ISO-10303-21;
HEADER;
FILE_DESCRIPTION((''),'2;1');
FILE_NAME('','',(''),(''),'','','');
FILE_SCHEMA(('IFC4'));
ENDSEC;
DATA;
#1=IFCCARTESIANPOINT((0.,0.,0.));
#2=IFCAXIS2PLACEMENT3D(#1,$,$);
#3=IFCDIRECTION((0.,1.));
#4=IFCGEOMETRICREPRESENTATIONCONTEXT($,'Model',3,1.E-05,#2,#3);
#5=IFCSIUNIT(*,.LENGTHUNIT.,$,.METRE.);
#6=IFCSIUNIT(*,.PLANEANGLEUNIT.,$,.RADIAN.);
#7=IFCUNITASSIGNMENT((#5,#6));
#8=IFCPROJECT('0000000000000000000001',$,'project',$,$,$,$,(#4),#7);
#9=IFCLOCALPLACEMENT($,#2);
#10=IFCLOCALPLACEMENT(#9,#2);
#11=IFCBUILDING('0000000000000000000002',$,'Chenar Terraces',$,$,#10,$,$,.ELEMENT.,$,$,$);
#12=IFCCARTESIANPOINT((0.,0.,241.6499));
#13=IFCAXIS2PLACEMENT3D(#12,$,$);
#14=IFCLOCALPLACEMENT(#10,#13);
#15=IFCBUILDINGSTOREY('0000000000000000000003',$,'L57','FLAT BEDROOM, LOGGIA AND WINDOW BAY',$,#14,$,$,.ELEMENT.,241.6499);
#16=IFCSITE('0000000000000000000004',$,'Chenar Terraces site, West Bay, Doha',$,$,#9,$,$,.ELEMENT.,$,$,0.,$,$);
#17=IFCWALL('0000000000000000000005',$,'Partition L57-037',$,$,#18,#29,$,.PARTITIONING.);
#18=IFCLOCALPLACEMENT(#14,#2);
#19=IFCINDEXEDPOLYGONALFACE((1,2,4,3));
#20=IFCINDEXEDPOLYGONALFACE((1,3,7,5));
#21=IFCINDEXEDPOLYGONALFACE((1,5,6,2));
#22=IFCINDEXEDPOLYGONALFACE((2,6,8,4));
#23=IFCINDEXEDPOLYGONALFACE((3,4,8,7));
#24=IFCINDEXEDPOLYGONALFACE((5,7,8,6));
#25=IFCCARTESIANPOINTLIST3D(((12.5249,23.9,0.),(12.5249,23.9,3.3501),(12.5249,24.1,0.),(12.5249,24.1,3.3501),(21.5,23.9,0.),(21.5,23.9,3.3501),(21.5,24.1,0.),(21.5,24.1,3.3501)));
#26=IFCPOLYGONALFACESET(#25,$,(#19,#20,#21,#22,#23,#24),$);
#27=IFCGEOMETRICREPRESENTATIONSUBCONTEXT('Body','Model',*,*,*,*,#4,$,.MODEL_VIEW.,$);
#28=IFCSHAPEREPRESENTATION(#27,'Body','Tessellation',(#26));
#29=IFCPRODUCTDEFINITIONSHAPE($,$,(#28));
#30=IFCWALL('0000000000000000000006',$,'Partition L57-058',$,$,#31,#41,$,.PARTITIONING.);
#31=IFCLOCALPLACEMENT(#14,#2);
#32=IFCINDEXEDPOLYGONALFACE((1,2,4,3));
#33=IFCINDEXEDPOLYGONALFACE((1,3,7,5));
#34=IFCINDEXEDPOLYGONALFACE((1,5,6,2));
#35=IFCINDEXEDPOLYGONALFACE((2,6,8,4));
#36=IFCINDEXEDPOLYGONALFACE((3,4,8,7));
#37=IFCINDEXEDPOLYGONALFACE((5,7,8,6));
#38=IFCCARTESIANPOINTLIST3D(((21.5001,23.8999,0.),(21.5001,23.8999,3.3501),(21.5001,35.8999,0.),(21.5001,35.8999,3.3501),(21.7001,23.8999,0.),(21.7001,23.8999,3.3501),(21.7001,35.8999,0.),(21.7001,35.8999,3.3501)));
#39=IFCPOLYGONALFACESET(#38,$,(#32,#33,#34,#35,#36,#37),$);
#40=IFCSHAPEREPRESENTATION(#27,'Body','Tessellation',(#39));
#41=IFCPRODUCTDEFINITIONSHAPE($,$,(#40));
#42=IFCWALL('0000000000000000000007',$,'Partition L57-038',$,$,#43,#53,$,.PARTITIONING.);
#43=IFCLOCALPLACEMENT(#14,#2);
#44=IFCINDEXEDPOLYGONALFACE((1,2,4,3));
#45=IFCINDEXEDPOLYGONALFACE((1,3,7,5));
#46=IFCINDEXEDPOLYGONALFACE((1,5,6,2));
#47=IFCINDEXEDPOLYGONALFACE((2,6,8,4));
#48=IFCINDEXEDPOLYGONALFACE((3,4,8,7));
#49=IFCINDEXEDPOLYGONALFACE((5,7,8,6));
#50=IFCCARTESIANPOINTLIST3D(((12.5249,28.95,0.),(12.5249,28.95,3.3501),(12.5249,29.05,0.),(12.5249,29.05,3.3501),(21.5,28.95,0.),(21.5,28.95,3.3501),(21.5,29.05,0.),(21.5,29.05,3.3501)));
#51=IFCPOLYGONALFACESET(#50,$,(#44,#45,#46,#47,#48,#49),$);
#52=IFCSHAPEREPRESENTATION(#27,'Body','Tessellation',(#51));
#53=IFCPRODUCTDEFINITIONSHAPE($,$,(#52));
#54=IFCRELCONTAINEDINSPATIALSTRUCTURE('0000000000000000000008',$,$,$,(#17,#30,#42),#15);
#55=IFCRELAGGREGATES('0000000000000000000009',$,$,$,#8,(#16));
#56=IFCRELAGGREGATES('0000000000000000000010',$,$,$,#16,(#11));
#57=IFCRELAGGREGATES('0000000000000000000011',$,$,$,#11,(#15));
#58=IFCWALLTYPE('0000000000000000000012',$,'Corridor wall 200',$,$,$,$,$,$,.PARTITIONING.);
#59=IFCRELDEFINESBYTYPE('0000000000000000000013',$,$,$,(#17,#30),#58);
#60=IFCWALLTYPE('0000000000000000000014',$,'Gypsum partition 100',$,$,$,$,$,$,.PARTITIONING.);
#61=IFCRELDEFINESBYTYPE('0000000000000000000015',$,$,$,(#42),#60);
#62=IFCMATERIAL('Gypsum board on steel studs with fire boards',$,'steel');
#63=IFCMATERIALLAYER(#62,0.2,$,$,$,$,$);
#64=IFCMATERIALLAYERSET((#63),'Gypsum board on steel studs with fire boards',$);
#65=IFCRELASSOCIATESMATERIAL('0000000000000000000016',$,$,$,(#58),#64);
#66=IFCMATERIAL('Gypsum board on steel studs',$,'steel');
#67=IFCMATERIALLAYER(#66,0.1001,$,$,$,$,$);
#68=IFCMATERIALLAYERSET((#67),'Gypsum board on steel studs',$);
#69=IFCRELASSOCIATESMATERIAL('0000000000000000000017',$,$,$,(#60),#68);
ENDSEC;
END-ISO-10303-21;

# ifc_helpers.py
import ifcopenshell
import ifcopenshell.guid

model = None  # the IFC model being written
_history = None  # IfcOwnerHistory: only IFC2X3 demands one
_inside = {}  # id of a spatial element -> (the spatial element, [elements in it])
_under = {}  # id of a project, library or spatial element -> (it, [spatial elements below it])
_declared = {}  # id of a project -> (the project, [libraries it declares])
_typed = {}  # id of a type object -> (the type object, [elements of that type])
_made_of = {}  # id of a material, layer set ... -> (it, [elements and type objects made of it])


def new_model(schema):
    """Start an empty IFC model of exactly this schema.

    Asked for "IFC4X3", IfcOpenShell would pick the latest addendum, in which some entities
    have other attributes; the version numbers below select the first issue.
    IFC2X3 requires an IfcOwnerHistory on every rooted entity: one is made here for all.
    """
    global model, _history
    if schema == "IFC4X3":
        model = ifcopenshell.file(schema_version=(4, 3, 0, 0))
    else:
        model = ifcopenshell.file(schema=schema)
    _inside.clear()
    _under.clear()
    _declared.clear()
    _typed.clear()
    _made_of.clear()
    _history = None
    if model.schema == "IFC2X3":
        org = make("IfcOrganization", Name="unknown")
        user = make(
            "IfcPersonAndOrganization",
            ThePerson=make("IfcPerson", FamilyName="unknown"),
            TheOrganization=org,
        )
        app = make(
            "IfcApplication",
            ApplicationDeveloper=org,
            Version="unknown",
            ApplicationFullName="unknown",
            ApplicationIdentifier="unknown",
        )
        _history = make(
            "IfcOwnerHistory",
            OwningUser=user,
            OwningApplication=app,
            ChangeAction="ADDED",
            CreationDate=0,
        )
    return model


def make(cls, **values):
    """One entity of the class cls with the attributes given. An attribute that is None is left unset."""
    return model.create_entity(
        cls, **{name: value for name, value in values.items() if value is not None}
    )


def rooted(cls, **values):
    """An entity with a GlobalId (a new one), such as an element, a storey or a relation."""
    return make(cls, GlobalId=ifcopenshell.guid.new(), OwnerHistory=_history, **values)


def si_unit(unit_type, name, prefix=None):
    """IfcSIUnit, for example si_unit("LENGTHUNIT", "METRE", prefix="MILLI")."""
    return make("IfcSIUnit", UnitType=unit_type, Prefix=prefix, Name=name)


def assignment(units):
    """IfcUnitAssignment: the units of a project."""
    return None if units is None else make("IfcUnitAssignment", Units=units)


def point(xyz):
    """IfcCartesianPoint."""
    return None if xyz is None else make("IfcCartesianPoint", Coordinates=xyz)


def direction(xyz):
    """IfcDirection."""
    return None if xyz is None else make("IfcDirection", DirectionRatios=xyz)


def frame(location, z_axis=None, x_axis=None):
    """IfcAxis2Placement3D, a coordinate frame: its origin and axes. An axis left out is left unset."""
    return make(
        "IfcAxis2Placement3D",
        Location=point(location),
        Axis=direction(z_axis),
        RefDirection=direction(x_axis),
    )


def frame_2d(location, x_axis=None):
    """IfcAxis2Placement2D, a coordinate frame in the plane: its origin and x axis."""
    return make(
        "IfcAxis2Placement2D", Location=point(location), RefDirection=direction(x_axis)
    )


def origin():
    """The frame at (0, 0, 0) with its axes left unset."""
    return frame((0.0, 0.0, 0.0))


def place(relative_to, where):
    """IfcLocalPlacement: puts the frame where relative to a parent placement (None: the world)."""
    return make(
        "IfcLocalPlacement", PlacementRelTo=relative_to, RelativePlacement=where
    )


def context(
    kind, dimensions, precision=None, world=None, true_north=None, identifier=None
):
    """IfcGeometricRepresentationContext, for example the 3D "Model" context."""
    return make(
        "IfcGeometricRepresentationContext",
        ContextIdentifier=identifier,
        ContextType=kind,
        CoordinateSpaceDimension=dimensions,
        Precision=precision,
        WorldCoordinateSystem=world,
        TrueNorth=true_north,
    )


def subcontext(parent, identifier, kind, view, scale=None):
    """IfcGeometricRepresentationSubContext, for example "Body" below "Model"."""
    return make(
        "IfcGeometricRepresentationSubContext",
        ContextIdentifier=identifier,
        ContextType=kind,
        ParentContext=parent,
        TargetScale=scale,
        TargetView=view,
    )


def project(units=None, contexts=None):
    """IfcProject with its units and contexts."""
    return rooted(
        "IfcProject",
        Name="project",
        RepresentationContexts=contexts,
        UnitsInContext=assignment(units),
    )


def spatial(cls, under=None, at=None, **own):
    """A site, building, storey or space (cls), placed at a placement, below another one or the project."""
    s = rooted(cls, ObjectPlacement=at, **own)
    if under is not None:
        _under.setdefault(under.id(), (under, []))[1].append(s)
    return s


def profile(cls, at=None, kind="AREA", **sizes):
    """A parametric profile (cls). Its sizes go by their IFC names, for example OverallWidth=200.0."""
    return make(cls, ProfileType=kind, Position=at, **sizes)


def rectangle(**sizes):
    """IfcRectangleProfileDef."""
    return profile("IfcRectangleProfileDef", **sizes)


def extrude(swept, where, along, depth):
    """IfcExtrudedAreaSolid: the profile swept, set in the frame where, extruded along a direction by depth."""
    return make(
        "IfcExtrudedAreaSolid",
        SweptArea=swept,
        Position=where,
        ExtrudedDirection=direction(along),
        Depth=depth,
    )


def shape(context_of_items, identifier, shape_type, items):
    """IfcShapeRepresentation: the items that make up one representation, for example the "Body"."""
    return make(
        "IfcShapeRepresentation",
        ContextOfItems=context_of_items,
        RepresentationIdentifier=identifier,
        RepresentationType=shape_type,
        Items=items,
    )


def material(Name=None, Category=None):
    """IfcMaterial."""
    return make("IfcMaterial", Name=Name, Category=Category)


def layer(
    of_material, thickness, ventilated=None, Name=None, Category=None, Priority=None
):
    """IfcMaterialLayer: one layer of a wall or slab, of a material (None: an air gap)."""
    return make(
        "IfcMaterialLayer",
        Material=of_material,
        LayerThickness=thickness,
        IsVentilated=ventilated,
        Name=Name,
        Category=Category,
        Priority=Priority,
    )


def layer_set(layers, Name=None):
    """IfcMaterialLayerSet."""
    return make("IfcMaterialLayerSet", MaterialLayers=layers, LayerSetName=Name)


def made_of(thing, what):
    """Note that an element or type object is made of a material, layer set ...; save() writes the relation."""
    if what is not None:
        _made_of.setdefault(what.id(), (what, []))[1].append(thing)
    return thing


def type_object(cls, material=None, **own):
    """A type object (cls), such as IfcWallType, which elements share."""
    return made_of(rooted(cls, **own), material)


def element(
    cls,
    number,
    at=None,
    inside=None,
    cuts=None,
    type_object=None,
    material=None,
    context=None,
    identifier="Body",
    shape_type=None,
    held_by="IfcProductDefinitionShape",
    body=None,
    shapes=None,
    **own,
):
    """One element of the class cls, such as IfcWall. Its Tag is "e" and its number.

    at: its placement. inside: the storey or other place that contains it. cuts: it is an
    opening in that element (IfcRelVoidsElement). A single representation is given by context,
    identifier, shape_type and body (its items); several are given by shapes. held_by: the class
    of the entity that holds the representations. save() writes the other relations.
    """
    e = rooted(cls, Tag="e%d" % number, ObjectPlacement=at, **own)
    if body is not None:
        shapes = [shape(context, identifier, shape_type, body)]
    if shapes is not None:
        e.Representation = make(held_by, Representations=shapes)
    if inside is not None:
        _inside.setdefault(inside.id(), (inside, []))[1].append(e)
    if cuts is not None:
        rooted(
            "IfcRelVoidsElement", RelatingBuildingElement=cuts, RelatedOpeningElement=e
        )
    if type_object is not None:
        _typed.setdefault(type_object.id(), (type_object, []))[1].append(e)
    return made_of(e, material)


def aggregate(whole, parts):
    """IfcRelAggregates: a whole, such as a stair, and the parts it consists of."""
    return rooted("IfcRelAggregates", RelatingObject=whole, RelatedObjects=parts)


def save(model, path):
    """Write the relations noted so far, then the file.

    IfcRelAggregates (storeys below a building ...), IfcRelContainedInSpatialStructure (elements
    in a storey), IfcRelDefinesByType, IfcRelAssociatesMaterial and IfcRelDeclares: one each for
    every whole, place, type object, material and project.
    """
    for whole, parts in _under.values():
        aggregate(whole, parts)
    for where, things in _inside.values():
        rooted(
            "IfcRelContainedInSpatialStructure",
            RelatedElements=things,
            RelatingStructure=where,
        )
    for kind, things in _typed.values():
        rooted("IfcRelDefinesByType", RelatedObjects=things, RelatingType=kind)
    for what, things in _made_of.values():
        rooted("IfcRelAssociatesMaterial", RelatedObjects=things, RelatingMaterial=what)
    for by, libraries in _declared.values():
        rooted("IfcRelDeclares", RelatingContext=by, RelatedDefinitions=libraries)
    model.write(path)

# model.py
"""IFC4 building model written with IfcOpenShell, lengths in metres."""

from ifc_helpers import new_model, si_unit, direction, frame, frame_2d, origin, place, context, subcontext, project, spatial, rectangle, extrude, material, layer, layer_set, type_object, element, save


model = new_model("IFC4")

# Units and contexts
model_context = context("Model", 3, precision=1e-05, world=origin(), true_north=direction((0.0, 1.0)))
body_context = subcontext(model_context, "Body", "Model", "MODEL_VIEW")
ifc_project = project(units=[si_unit("LENGTHUNIT", "METRE"), si_unit("PLANEANGLEUNIT", "RADIAN")], contexts=[model_context])

# Site, building, storey
site_placement = place(None, origin())
site = spatial("IfcSite", under=ifc_project, at=site_placement, Name="Chenar Terraces site, West Bay, Doha", CompositionType="ELEMENT", RefElevation=0.0)
building_placement = place(site_placement, origin())
building = spatial("IfcBuilding", under=site, at=building_placement, Name="Chenar Terraces", CompositionType="ELEMENT")
storey_placement = place(building_placement, frame((0.0, 0.0, 241.6499)))
storey = spatial("IfcBuildingStorey", under=building, at=storey_placement, Name="L57", Description="FLAT BEDROOM, LOGGIA AND WINDOW BAY", CompositionType="ELEMENT", Elevation=241.6499)

# Shared definitions
ifc_material_1 = material(Name="Gypsum board on steel studs with fire boards", Category="steel")
ifc_layer_1 = layer(ifc_material_1, 0.2)
ifc_layer_set_1 = layer_set([ifc_layer_1], Name="Gypsum board on steel studs with fire boards")
wall_type_1 = type_object("IfcWallType", Name="Corridor wall 200", PredefinedType="PARTITIONING", material=ifc_layer_set_1)

# Walls
wall_1_placement = place(storey_placement, frame((12.5249, 24.0, 0.0), z_axis=(0.0, 0.0, 1.0), x_axis=(1.0, 0.0, 0.0)))
element("IfcWall", 1, at=wall_1_placement, inside=storey, type_object=wall_type_1, Name="Partition L57-037", PredefinedType="PARTITIONING", context=body_context, shape_type="SweptSolid", body=[
    extrude(rectangle(XDim=8.9751, YDim=0.2, at=frame_2d((4.4875, 0.0))), origin(), (0.0, 0.0, 1.0), 3.3501),
])
wall_2_placement = place(storey_placement, frame((21.6001, 23.8999, 0.0), z_axis=(0.0, 0.0, 1.0), x_axis=(0.0, 1.0, 0.0)))
element("IfcWall", 2, at=wall_2_placement, inside=storey, type_object=wall_type_1, Name="Partition L57-058", PredefinedType="PARTITIONING", context=body_context, shape_type="SweptSolid", body=[
    extrude(rectangle(XDim=12.0, YDim=0.2, at=frame_2d((6.0, 0.0))), origin(), (0.0, 0.0, 1.0), 3.3501),
])
ifc_material_2 = material(Name="Gypsum board on steel studs", Category="steel")
ifc_layer_2 = layer(ifc_material_2, 0.1001)
ifc_layer_set_2 = layer_set([ifc_layer_2], Name="Gypsum board on steel studs")
wall_type_2 = type_object("IfcWallType", Name="Gypsum partition 100", PredefinedType="PARTITIONING", material=ifc_layer_set_2)
wall_3_placement = place(storey_placement, frame((12.5249, 29.0, 0.0), z_axis=(0.0, 0.0, 1.0), x_axis=(1.0, 0.0, 0.0)))
element("IfcWall", 3, at=wall_3_placement, inside=storey, type_object=wall_type_2, Name="Partition L57-038", PredefinedType="PARTITIONING", context=body_context, shape_type="SweptSolid", body=[
    extrude(rectangle(XDim=8.9751, YDim=0.1001, at=frame_2d((4.4875, 0.0))), origin(), (0.0, 0.0, 1.0), 3.3501),
])

save(model, "model.ifc")
